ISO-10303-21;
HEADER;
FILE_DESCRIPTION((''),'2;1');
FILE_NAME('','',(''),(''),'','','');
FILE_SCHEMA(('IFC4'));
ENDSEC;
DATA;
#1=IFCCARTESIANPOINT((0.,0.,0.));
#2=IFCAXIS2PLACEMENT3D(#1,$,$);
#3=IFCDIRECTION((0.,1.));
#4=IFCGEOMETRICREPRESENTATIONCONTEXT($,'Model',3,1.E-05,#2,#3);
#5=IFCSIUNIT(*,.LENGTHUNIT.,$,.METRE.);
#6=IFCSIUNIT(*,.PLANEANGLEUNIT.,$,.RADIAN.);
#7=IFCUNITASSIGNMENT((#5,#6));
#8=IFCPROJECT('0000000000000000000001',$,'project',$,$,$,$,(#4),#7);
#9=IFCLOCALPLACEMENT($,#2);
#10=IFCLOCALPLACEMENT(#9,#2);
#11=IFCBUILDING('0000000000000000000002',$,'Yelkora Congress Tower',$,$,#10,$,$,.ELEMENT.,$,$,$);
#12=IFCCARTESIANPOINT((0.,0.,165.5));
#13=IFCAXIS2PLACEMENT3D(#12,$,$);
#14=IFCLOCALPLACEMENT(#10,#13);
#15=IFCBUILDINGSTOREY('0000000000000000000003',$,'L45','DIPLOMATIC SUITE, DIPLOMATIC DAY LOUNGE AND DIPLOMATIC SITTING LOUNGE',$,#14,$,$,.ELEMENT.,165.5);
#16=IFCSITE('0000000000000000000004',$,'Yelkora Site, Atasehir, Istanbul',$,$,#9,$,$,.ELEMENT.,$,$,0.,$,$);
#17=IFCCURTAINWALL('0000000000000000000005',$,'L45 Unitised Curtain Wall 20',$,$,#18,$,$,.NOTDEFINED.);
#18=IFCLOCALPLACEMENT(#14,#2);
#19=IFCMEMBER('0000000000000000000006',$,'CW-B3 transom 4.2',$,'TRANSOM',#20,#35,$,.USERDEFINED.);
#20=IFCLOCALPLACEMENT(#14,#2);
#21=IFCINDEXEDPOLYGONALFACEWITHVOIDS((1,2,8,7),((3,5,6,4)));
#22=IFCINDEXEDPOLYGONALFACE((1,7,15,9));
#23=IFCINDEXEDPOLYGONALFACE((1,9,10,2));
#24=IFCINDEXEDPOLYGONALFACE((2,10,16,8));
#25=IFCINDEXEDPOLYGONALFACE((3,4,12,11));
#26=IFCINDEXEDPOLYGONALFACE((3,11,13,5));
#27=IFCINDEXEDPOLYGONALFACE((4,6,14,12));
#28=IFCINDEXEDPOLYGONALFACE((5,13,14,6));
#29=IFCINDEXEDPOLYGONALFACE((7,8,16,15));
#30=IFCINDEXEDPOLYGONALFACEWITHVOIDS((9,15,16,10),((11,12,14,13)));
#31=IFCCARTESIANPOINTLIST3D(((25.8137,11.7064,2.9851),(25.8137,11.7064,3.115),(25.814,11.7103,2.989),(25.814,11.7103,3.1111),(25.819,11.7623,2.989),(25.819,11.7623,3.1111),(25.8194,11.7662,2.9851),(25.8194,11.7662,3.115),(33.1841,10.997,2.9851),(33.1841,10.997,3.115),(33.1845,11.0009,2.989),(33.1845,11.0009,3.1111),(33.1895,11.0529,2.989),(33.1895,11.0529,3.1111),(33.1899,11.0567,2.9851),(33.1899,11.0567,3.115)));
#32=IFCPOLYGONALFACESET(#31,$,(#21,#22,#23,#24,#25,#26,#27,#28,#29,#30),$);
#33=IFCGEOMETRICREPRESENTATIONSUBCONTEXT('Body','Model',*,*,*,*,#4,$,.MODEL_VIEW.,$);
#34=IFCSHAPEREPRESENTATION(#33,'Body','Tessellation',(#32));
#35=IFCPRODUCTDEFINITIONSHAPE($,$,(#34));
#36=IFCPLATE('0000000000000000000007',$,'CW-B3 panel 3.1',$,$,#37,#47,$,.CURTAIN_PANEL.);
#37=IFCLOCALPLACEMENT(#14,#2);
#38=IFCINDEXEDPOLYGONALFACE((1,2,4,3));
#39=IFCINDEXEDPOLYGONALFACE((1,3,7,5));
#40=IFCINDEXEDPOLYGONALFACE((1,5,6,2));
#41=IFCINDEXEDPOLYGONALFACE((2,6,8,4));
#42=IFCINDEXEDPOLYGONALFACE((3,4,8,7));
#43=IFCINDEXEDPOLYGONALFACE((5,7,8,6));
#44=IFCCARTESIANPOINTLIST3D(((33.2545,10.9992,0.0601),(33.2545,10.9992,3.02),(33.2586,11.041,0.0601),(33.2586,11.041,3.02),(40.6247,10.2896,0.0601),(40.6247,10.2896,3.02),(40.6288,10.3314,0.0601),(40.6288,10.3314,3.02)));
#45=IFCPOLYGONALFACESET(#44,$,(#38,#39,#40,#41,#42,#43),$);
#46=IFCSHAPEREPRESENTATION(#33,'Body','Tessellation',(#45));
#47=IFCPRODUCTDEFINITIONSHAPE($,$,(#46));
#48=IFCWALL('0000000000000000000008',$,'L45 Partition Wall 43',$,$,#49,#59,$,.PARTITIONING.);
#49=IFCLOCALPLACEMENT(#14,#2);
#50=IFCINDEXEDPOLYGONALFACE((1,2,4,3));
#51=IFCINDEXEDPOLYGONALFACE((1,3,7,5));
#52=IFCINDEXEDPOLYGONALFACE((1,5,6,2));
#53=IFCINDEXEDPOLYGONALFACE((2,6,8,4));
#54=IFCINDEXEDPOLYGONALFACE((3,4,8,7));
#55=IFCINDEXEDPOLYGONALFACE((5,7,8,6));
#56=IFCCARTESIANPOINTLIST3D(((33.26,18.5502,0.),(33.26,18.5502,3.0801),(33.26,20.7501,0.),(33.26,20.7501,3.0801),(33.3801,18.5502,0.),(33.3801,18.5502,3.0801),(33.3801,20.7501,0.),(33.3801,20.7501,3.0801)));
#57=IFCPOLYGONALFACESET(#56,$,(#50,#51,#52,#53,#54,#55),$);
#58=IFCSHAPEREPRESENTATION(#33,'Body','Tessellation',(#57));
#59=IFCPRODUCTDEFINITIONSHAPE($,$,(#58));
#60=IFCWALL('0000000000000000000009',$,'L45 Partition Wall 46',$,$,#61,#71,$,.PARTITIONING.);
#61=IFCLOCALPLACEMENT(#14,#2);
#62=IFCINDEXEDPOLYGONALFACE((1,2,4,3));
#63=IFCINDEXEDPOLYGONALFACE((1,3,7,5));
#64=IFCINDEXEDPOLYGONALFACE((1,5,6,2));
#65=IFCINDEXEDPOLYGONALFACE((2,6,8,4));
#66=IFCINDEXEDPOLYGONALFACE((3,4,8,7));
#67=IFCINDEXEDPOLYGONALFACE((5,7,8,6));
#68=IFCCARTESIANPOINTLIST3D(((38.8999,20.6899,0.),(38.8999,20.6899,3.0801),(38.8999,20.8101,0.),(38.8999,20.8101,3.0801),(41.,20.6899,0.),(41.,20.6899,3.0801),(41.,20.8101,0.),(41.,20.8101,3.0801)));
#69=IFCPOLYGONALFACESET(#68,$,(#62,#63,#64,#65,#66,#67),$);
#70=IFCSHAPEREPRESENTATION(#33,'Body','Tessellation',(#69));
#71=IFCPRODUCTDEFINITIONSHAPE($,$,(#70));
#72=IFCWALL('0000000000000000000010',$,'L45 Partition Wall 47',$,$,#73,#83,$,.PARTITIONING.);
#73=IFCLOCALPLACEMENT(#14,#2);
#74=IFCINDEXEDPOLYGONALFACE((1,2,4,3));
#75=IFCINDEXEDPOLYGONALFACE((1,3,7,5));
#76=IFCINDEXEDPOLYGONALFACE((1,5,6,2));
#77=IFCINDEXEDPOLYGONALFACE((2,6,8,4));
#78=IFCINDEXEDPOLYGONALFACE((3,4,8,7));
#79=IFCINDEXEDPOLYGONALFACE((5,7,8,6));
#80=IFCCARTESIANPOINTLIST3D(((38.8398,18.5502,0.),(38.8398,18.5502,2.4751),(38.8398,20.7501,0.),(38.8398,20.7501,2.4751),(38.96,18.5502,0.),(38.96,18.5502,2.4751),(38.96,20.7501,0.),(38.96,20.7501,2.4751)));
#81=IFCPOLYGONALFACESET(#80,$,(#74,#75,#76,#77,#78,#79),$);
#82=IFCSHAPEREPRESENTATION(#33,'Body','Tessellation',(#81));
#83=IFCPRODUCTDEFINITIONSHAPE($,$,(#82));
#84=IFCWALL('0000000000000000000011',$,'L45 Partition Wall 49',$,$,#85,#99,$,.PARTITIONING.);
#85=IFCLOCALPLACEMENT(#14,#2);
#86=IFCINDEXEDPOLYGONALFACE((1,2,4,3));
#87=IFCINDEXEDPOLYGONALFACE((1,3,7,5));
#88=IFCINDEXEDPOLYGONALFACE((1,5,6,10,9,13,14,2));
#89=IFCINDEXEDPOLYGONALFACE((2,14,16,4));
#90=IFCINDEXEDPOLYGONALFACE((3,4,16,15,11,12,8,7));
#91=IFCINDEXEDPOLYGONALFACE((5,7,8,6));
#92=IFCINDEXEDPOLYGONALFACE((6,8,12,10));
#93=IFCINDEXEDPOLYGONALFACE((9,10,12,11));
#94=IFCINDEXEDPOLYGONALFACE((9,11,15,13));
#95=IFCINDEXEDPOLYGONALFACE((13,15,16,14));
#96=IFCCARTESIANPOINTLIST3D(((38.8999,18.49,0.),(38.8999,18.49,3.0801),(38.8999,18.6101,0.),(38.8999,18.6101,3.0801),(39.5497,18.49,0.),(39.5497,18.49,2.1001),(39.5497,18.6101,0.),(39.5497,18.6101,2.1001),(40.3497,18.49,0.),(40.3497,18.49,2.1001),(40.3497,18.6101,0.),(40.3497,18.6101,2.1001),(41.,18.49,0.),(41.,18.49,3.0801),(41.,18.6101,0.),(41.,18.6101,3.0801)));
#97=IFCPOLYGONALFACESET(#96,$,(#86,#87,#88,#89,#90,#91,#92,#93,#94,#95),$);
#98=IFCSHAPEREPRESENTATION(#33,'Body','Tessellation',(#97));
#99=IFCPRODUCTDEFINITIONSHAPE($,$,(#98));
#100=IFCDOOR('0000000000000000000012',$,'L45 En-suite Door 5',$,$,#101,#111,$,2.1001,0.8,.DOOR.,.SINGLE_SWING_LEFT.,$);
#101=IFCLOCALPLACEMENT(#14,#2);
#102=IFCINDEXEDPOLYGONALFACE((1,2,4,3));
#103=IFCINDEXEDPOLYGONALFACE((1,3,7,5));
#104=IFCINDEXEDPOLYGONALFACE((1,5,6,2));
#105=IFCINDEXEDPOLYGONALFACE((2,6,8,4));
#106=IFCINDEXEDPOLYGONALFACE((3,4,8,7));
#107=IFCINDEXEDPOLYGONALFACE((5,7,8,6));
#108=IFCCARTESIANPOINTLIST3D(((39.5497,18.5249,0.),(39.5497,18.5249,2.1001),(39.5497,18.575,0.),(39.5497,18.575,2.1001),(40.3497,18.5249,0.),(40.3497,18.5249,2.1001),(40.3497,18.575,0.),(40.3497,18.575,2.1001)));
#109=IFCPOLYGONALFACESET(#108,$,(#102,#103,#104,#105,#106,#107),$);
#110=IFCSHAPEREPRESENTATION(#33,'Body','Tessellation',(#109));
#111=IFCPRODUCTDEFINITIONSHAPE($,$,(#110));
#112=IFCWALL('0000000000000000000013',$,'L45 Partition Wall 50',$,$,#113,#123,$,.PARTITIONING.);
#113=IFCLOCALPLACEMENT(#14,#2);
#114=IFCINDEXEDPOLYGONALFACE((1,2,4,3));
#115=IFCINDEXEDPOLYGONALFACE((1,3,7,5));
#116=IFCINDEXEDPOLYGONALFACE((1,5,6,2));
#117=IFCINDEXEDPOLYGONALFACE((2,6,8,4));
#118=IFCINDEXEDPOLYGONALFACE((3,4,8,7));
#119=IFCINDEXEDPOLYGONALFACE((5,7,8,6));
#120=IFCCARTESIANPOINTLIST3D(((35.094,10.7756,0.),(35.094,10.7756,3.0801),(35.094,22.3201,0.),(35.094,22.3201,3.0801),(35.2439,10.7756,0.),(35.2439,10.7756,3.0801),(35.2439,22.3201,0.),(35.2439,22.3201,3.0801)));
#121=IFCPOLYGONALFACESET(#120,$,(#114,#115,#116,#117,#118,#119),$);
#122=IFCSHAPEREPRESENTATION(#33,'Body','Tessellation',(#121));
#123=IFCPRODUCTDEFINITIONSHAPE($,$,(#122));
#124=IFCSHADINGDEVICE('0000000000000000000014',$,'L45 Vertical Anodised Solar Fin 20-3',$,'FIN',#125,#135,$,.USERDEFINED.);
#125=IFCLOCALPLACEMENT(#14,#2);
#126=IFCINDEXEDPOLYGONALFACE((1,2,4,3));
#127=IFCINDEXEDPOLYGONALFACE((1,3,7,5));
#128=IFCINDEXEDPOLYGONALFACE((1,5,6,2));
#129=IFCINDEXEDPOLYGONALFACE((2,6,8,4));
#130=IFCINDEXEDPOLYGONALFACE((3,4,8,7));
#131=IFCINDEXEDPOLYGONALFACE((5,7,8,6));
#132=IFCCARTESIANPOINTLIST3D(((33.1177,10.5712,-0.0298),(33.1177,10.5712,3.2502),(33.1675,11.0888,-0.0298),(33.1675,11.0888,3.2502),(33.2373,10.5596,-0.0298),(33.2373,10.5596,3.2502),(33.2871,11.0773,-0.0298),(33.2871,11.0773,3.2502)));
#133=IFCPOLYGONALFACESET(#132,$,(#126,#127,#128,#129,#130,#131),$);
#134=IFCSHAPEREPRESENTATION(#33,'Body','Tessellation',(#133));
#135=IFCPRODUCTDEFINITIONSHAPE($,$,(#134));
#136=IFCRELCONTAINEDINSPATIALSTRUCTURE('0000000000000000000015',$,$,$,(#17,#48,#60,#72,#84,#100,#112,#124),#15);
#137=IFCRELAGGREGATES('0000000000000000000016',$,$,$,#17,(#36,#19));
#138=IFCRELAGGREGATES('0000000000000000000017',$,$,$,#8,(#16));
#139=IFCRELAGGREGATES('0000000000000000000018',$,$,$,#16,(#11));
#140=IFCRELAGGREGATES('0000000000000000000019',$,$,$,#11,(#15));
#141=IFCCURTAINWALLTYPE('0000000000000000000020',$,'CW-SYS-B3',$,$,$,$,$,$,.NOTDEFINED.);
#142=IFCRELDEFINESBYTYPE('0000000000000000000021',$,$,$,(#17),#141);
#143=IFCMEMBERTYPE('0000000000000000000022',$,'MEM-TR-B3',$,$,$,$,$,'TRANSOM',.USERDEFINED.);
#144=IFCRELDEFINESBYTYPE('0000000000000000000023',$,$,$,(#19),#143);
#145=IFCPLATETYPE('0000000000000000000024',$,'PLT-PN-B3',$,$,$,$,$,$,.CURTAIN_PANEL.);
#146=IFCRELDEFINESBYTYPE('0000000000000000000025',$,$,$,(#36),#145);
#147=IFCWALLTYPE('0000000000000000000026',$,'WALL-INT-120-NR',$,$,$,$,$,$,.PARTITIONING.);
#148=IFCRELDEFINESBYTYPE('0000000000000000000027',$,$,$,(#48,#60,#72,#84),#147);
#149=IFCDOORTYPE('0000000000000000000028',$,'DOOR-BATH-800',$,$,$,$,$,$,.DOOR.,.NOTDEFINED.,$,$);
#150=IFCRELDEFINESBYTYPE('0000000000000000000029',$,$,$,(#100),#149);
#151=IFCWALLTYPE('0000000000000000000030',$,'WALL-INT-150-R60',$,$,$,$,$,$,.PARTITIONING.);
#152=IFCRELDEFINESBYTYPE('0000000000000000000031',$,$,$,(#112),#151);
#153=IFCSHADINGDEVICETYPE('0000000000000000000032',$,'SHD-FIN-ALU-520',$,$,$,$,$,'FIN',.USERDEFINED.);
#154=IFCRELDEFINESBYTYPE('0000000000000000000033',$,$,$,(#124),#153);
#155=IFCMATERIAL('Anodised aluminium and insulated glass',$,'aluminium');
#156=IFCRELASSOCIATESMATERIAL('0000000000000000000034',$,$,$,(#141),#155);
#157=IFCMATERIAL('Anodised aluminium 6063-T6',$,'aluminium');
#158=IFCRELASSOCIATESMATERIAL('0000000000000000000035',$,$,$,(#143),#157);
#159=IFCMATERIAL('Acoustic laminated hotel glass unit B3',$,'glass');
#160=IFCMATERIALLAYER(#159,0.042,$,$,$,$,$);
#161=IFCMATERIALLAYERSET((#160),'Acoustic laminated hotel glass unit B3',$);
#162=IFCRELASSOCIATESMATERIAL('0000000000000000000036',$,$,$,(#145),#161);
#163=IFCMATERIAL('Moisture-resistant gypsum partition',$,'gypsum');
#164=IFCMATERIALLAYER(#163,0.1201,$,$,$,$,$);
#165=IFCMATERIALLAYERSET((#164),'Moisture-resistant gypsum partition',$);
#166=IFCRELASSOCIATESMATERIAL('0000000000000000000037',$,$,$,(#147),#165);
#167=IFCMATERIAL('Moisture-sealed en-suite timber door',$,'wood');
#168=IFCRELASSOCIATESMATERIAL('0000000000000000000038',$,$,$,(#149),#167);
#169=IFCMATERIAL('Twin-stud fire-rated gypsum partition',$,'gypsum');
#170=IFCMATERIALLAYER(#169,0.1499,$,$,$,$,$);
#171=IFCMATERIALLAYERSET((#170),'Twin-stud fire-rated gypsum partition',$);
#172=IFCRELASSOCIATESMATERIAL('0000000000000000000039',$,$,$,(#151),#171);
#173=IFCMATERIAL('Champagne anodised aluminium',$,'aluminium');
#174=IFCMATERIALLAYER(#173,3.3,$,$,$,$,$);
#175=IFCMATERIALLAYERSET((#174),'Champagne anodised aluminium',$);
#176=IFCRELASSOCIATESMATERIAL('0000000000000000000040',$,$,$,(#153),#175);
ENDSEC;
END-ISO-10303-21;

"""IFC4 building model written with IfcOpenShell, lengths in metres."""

from ifc_helpers import new_model, si_unit, direction, frame, frame_2d, origin, origin_2d, place, context, subcontext, project, spatial, rectangle, hollow_rectangle, extrude, material, layer, layer_set, material_profile, profile_set, type_object, element, fill, aggregate, save


model = new_model("IFC4")

# Units and contexts
model_context = context("Model", 3, precision=1e-05, world=origin(), true_north=direction((0.0, 1.0)))
body_context = subcontext(model_context, "Body", "Model", "MODEL_VIEW")
ifc_project = project(units=[si_unit("LENGTHUNIT", "METRE"), si_unit("PLANEANGLEUNIT", "RADIAN")], contexts=[model_context])

# Site, building, storey
site_placement = place(None, origin())
site = spatial("IfcSite", under=ifc_project, at=site_placement, Name="Yelkora Site, Atasehir, Istanbul", CompositionType="ELEMENT", RefElevation=0.0)
building_placement = place(site_placement, origin())
building = spatial("IfcBuilding", under=site, at=building_placement, Name="Yelkora Congress Tower", CompositionType="ELEMENT")
storey_placement = place(building_placement, frame((0.0, 0.0, 165.5)))
storey = spatial("IfcBuildingStorey", under=building, at=storey_placement, Name="L45", Description="DIPLOMATIC SUITE, DIPLOMATIC DAY LOUNGE AND DIPLOMATIC SITTING LOUNGE", CompositionType="ELEMENT", Elevation=165.5)

# Curtain wall, member, plate
ifc_material_1 = material(Name="Anodised aluminium and insulated glass", Category="aluminium")
curtain_wall_type = type_object("IfcCurtainWallType", Name="CW-SYS-B3", PredefinedType="NOTDEFINED", material=ifc_material_1)
curtain_wall_placement = place(storey_placement, origin())
curtain_wall = element("IfcCurtainWall", 1, at=curtain_wall_placement, inside=storey, type_object=curtain_wall_type, Name="L45 Unitised Curtain Wall 20", PredefinedType="NOTDEFINED")
ifc_material_2 = material(Name="Anodised aluminium 6063-T6", Category="aluminium")
ifc_material_profile_1 = material_profile(ifc_material_2, hollow_rectangle(XDim=0.0601, YDim=0.1299, WallThickness=0.0039, at=origin_2d()), Name="ALU 60x130x4")
ifc_profile_set_1 = profile_set([ifc_material_profile_1], Name="Anodised aluminium 6063-T6")
member_type_1 = type_object("IfcMemberType", Name="MEM-TR-B3", ElementType="TRANSOM", PredefinedType="USERDEFINED", material=ifc_profile_set_1)
member_1_placement = place(storey_placement, frame((33.187, 11.0269, 3.05), z_axis=(-0.995399, 0.095817, 0.0), x_axis=(-0.095817, -0.995399, 0.0)))
member_1 = element("IfcMember", 2, at=member_1_placement, type_object=member_type_1, Name="CW-B3 transom 4.2", ObjectType="TRANSOM", PredefinedType="USERDEFINED", context=body_context, shape_type="SweptSolid", body=[
    extrude(hollow_rectangle(XDim=0.0601, YDim=0.1299, WallThickness=0.0039, at=origin_2d()), origin(), (0.0, 0.0, 1.0), 7.4045),
])
ifc_material_3 = material(Name="Acoustic laminated hotel glass unit B3", Category="glass")
ifc_layer_1 = layer(ifc_material_3, 0.042)
ifc_layer_set_1 = layer_set([ifc_layer_1], Name="Acoustic laminated hotel glass unit B3")
plate_type = type_object("IfcPlateType", Name="PLT-PN-B3", PredefinedType="CURTAIN_PANEL", material=ifc_layer_set_1)
plate_placement = place(storey_placement, frame((36.9417, 10.6653, 0.0601), z_axis=(0.0, 0.0, 1.0), x_axis=(-0.995396, 0.095845, 0.0)))
plate = element("IfcPlate", 3, at=plate_placement, type_object=plate_type, Name="CW-B3 panel 3.1", PredefinedType="CURTAIN_PANEL", context=body_context, shape_type="SweptSolid", body=[
    extrude(rectangle(XDim=7.4043, YDim=0.042, at=origin_2d()), origin(), (0.0, 0.0, 1.0), 2.96),
])
aggregate(curtain_wall, [plate, member_1])

# Walls
ifc_material_4 = material(Name="Moisture-resistant gypsum partition", Category="gypsum")
ifc_layer_2 = layer(ifc_material_4, 0.1201)
ifc_layer_set_2 = layer_set([ifc_layer_2], Name="Moisture-resistant gypsum partition")
wall_type_1 = type_object("IfcWallType", Name="WALL-INT-120-NR", PredefinedType="PARTITIONING", material=ifc_layer_set_2)
wall_1_placement = place(storey_placement, frame((33.3201, 18.55, 0.0), z_axis=(0.0, 0.0, 1.0), x_axis=(0.0, 1.0, 0.0)))
element("IfcWall", 4, at=wall_1_placement, inside=storey, type_object=wall_type_1, Name="L45 Partition Wall 43", PredefinedType="PARTITIONING", context=body_context, shape_type="SweptSolid", body=[
    extrude(rectangle(XDim=2.2, YDim=0.1201, at=frame_2d((1.1001, 0.0))), origin(), (0.0, 0.0, 1.0), 3.0801),
])
wall_2_placement = place(storey_placement, frame((38.8999, 20.75, 0.0), z_axis=(0.0, 0.0, 1.0), x_axis=(1.0, 0.0, 0.0)))
element("IfcWall", 5, at=wall_2_placement, inside=storey, type_object=wall_type_1, Name="L45 Partition Wall 46", PredefinedType="PARTITIONING", context=body_context, shape_type="SweptSolid", body=[
    extrude(rectangle(XDim=2.1001, YDim=0.1201, at=frame_2d((1.05, 0.0))), origin(), (0.0, 0.0, 1.0), 3.0801),
])
wall_3_placement = place(storey_placement, frame((38.8999, 18.55, 0.0), z_axis=(0.0, 0.0, 1.0), x_axis=(0.0, 1.0, 0.0)))
element("IfcWall", 6, at=wall_3_placement, inside=storey, type_object=wall_type_1, Name="L45 Partition Wall 47", PredefinedType="PARTITIONING", context=body_context, shape_type="SweptSolid", body=[
    extrude(rectangle(XDim=2.2, YDim=0.1201, at=frame_2d((1.1001, 0.0))), origin(), (0.0, 0.0, 1.0), 2.4751),
])

# Wall, opening, door
wall_4_placement = place(storey_placement, frame((38.8999, 18.55, 0.0), z_axis=(0.0, 0.0, 1.0), x_axis=(1.0, 0.0, 0.0)))
wall_4 = element("IfcWall", 7, at=wall_4_placement, inside=storey, type_object=wall_type_1, Name="L45 Partition Wall 49", PredefinedType="PARTITIONING", context=body_context, shape_type="SweptSolid", body=[
    extrude(rectangle(XDim=2.1001, YDim=0.1201, at=frame_2d((1.05, 0.0))), origin(), (0.0, 0.0, 1.0), 3.0801),
])
opening_placement = place(wall_4_placement, frame((0.6499, 0.0, 0.0)))
opening = element("IfcOpeningElement", 8, at=opening_placement, cuts=wall_4, PredefinedType="OPENING", context=body_context, shape_type="SweptSolid", body=[
    extrude(rectangle(XDim=0.8, YDim=2.1001, at=frame_2d((0.3999, 1.05))), frame((0.0, 0.0701, 0.0), z_axis=(0.0, -1.0, 0.0), x_axis=(1.0, 0.0, 0.0)), (0.0, 0.0, 1.0), 0.1401),
])
ifc_material_5 = material(Name="Moisture-sealed en-suite timber door", Category="wood")
door_type = type_object("IfcDoorType", Name="DOOR-BATH-800", OperationType="NOTDEFINED", PredefinedType="DOOR", material=ifc_material_5)
door_placement = place(opening_placement, origin())
door = element("IfcDoor", 9, at=door_placement, inside=storey, type_object=door_type, Name="L45 En-suite Door 5", OperationType="SINGLE_SWING_LEFT", OverallHeight=2.1001, OverallWidth=0.8, PredefinedType="DOOR", context=body_context, shape_type="SweptSolid", body=[
    extrude(rectangle(XDim=0.8, YDim=2.1001, at=frame_2d((0.3999, 1.05))), frame((0.0, 0.0249, 0.0), z_axis=(0.0, -1.0, 0.0), x_axis=(1.0, 0.0, 0.0)), (0.0, 0.0, 1.0), 0.05),
])
fill(opening, door)

# Wall
ifc_material_6 = material(Name="Twin-stud fire-rated gypsum partition", Category="gypsum")
ifc_layer_3 = layer(ifc_material_6, 0.1499)
ifc_layer_set_3 = layer_set([ifc_layer_3], Name="Twin-stud fire-rated gypsum partition")
wall_type_2 = type_object("IfcWallType", Name="WALL-INT-150-R60", PredefinedType="PARTITIONING", material=ifc_layer_set_3)
wall_5_placement = place(storey_placement, frame((35.1689, 10.7756, 0.0), z_axis=(0.0, 0.0, 1.0), x_axis=(0.0, 1.0, 0.0)))
element("IfcWall", 10, at=wall_5_placement, inside=storey, type_object=wall_type_2, Name="L45 Partition Wall 50", PredefinedType="PARTITIONING", context=body_context, shape_type="SweptSolid", body=[
    extrude(rectangle(XDim=11.5444, YDim=0.1499, at=frame_2d((5.7722, 0.0))), origin(), (0.0, 0.0, 1.0), 3.0801),
])

# Shading device
ifc_material_7 = material(Name="Champagne anodised aluminium", Category="aluminium")
ifc_layer_4 = layer(ifc_material_7, 3.3)
ifc_layer_set_4 = layer_set([ifc_layer_4], Name="Champagne anodised aluminium")
shading_device_type = type_object("IfcShadingDeviceType", Name="SHD-FIN-ALU-520", ElementType="FIN", PredefinedType="USERDEFINED", material=ifc_layer_set_4)
shading_device_placement = place(storey_placement, frame((33.2024, 10.8242, -0.0298), z_axis=(0.0, 0.0, 1.0), x_axis=(-0.995396, 0.095846, 0.0)))
element("IfcShadingDevice", 11, at=shading_device_placement, inside=storey, type_object=shading_device_type, Name="L45 Vertical Anodised Solar Fin 20-3", ObjectType="FIN", PredefinedType="USERDEFINED", context=body_context, shape_type="SweptSolid", body=[
    extrude(rectangle(XDim=0.1201, YDim=0.52, at=origin_2d()), origin(), (0.0, 0.0, 1.0), 3.28),
])

save(model, "model.ifc")
